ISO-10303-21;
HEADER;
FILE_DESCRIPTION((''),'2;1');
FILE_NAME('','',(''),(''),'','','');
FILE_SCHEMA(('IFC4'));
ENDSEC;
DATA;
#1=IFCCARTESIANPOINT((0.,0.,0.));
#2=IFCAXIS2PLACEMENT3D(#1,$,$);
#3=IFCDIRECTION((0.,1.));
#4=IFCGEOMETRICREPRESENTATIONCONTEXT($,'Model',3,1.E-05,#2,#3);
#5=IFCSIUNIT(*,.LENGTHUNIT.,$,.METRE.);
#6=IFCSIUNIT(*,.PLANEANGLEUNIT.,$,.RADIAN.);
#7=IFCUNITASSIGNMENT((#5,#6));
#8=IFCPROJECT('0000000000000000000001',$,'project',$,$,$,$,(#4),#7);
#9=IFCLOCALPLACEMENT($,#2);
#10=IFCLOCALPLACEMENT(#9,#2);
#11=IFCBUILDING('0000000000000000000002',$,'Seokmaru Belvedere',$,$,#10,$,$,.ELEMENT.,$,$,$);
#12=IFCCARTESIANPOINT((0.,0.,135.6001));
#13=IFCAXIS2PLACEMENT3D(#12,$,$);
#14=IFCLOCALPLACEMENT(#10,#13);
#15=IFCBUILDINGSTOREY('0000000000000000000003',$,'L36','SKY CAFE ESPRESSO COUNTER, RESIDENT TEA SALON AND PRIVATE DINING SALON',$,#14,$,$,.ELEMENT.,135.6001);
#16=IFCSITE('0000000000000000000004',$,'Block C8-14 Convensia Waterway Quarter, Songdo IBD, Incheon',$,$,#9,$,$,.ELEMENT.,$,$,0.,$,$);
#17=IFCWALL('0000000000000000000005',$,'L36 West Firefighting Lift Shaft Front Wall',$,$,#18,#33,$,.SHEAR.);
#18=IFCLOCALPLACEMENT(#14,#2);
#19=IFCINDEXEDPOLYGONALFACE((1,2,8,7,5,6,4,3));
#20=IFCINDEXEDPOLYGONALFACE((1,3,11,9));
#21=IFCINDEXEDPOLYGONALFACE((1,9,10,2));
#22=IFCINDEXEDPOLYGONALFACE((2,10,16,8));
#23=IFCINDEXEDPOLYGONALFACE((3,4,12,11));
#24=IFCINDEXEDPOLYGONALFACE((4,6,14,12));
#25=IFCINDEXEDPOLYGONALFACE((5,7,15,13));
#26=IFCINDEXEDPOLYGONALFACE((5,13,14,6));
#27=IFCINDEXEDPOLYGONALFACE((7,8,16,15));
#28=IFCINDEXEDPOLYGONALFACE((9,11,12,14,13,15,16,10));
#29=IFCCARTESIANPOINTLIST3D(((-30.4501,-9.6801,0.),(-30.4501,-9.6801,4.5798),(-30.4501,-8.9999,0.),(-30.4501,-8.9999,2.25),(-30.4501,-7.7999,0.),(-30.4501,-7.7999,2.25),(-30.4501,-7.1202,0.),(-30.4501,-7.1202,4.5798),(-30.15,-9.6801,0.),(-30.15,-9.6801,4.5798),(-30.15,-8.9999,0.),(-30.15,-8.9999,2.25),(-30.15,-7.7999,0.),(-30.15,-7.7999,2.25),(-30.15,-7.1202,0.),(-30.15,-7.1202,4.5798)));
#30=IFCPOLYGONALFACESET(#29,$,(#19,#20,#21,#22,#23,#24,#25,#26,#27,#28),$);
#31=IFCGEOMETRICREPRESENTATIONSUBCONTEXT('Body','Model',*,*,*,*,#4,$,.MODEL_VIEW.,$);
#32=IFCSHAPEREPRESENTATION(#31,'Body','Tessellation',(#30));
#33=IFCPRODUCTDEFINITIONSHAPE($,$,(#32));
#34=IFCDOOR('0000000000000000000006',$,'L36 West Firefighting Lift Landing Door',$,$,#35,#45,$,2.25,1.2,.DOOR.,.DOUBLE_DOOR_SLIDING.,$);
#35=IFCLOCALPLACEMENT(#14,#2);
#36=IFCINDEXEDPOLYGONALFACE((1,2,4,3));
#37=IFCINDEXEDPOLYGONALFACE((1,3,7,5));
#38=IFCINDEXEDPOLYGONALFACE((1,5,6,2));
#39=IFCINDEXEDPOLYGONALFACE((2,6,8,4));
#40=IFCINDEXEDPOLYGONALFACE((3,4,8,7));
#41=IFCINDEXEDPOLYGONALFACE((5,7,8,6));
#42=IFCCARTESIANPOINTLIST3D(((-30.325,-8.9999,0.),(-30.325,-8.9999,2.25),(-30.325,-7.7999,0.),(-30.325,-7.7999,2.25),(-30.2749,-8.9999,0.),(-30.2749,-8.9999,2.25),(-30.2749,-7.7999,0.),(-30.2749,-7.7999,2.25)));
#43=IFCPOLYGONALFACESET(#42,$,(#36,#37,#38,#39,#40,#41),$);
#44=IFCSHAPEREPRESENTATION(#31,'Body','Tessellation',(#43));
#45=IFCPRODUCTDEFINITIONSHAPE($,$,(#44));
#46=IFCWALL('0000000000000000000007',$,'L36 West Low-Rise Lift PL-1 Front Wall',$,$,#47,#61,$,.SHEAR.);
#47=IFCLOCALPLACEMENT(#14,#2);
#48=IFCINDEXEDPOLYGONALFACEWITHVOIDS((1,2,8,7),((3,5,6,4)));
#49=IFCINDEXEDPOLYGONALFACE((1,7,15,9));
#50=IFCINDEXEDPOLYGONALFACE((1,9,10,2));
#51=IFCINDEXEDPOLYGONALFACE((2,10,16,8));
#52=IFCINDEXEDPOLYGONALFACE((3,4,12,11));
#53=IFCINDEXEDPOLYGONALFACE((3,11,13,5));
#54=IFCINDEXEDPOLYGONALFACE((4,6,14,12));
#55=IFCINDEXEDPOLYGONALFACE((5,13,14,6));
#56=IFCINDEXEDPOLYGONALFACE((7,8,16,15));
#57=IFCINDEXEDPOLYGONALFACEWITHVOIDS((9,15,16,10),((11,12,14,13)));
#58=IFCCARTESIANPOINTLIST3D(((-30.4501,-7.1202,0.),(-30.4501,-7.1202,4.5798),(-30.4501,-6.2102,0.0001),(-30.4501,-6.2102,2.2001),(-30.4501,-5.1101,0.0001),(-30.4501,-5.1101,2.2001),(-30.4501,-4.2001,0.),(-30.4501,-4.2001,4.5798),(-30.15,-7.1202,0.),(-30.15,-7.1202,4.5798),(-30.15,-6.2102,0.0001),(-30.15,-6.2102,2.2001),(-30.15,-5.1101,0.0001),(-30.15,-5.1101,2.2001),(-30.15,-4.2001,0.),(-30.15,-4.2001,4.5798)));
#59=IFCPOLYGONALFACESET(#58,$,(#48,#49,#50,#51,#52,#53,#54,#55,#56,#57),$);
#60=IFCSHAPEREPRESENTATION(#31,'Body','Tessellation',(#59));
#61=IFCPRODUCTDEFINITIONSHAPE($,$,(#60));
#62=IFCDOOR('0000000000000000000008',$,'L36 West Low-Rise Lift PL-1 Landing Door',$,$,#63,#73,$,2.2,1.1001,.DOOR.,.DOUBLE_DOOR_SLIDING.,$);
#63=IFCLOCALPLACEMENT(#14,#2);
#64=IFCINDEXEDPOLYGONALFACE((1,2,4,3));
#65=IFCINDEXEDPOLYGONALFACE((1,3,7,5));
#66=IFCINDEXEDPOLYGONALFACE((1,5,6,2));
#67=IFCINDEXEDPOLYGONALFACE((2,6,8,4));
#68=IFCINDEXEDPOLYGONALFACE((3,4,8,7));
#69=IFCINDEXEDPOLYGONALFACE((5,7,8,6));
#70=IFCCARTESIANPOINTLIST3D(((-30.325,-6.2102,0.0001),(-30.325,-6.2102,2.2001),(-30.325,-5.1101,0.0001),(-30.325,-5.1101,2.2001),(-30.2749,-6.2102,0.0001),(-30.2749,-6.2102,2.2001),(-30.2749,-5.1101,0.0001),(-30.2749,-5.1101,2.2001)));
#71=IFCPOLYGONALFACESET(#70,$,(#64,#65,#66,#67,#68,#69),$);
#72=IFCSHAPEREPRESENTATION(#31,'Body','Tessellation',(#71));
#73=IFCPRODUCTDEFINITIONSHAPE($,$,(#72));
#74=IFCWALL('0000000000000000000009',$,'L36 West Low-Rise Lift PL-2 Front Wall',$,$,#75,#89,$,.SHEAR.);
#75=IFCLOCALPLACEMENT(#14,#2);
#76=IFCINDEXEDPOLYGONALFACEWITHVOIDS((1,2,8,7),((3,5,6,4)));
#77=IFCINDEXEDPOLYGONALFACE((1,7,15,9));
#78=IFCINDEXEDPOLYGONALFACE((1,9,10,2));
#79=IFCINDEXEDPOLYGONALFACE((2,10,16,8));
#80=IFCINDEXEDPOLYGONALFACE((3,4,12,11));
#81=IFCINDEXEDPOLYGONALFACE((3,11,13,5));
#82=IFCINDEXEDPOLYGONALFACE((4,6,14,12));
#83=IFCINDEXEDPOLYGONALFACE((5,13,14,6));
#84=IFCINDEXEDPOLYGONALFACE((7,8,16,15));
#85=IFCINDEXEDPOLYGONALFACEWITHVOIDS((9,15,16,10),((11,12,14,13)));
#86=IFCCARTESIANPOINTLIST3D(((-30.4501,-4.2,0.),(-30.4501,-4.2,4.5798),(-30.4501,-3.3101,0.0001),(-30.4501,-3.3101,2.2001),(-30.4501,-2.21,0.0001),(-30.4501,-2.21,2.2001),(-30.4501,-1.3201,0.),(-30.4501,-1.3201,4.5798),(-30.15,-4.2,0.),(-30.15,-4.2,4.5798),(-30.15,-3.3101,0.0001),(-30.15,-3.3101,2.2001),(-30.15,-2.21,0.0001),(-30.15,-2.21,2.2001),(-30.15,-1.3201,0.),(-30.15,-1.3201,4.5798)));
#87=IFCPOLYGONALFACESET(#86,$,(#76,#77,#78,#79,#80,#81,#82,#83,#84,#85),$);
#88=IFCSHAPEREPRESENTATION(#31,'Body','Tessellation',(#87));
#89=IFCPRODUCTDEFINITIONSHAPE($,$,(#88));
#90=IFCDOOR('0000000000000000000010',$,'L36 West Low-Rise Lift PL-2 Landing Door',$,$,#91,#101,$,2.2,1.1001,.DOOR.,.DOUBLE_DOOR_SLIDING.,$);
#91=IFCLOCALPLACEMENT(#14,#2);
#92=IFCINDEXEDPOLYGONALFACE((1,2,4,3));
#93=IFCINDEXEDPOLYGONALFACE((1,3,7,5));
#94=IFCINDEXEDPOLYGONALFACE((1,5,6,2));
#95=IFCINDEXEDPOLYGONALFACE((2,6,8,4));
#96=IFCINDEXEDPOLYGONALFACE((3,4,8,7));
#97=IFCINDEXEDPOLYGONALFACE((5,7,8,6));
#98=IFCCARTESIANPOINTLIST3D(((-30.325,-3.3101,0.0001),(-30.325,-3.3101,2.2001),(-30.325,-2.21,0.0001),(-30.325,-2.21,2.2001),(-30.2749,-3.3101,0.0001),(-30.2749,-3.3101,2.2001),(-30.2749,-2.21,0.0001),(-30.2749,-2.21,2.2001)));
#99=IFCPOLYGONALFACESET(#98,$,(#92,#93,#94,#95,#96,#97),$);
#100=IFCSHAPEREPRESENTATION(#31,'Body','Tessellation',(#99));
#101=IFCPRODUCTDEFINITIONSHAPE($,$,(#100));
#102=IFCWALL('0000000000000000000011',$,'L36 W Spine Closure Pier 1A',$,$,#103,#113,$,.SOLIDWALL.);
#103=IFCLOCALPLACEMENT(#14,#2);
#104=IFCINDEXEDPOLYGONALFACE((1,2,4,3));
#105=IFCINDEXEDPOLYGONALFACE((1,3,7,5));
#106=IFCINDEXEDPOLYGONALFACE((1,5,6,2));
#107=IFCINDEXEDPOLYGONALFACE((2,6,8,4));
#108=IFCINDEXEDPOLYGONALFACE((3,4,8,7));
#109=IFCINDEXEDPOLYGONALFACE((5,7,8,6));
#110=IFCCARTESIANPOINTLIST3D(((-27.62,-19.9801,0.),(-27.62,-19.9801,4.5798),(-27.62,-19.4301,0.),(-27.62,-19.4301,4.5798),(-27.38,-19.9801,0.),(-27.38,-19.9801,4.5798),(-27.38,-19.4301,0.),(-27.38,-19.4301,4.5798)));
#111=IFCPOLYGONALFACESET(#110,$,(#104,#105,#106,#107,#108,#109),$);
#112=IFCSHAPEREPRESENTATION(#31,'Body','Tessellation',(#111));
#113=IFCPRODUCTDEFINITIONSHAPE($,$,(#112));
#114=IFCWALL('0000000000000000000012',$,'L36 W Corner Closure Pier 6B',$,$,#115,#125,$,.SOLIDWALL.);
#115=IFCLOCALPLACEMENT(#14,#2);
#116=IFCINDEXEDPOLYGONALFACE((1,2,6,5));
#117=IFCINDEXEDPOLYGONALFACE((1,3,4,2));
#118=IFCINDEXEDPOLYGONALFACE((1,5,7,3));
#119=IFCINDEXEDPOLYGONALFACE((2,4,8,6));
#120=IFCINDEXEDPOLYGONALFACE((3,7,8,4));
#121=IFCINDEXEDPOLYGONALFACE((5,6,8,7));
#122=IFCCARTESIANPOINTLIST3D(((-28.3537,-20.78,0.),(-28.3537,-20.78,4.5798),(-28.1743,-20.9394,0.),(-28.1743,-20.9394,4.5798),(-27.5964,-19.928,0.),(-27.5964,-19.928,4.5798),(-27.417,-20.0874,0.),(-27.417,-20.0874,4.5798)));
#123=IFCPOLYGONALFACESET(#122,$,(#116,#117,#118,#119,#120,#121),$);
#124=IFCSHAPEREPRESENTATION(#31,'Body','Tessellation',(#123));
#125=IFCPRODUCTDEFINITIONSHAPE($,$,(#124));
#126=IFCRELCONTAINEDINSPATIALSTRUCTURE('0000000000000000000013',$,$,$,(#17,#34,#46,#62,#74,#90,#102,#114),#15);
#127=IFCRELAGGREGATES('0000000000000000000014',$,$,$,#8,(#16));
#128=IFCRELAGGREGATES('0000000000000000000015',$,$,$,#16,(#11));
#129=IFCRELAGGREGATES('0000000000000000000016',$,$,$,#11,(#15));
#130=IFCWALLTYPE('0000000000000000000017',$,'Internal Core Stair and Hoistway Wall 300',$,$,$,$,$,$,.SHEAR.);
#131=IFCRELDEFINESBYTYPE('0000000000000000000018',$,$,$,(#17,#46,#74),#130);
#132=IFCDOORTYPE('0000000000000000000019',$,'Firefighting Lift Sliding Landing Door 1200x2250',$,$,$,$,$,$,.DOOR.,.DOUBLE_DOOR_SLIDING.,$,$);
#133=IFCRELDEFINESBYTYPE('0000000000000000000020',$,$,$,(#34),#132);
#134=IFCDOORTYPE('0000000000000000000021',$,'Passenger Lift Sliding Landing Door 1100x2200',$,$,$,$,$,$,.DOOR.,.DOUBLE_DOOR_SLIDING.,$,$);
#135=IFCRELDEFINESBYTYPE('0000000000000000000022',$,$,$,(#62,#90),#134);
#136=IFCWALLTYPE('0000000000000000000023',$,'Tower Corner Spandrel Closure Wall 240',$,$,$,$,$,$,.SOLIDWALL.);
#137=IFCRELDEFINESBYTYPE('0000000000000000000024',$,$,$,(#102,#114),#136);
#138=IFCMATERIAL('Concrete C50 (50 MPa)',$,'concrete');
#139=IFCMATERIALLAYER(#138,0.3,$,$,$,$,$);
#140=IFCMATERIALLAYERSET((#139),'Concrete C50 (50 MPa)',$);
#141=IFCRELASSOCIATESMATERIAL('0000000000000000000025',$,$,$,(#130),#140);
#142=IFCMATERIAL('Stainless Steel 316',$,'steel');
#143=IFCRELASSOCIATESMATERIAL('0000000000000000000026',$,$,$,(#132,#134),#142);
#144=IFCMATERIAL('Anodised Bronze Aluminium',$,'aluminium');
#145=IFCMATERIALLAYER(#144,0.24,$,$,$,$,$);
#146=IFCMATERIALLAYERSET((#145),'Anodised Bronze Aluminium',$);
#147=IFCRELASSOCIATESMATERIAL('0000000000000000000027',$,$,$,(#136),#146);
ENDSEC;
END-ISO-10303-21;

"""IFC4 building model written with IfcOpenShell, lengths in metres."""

from ifc_helpers import new_model, si_unit, direction, frame, frame_2d, origin, place, context, subcontext, project, spatial, rectangle, extrude, source, transform, mapped, material, layer, layer_set, type_object, type_shapes, element, fill, save


model = new_model("IFC4")

# Units and contexts
model_context = context("Model", 3, precision=1e-05, world=origin(), true_north=direction((0.0, 1.0)))
body_context = subcontext(model_context, "Body", "Model", "MODEL_VIEW")
ifc_project = project(units=[si_unit("LENGTHUNIT", "METRE"), si_unit("PLANEANGLEUNIT", "RADIAN")], contexts=[model_context])

# Site, building, storey
site_placement = place(None, origin())
site = spatial("IfcSite", under=ifc_project, at=site_placement, Name="Block C8-14 Convensia Waterway Quarter, Songdo IBD, Incheon", CompositionType="ELEMENT", RefElevation=0.0)
building_placement = place(site_placement, origin())
building = spatial("IfcBuilding", under=site, at=building_placement, Name="Seokmaru Belvedere", CompositionType="ELEMENT")
storey_placement = place(building_placement, frame((0.0, 0.0, 135.6001)))
storey = spatial("IfcBuildingStorey", under=building, at=storey_placement, Name="L36", Description="SKY CAFE ESPRESSO COUNTER, RESIDENT TEA SALON AND PRIVATE DINING SALON", CompositionType="ELEMENT", Elevation=135.6001)

# Shared definitions
ifc_material_1 = material(Name="Anodised Bronze Aluminium", Category="aluminium")

# Shared definitions
ifc_material_2 = material(Name="Concrete C50 (50 MPa)", Category="concrete")

# Walls, openings, doors
ifc_layer_1 = layer(ifc_material_2, 0.3)
ifc_layer_set_1 = layer_set([ifc_layer_1], Name="Concrete C50 (50 MPa)")
wall_type_1 = type_object("IfcWallType", Name="Internal Core Stair and Hoistway Wall 300", PredefinedType="SHEAR", material=ifc_layer_set_1)
wall_1_placement = place(storey_placement, frame((-30.3, -9.6799, 0.0), z_axis=(0.0, 0.0, 1.0), x_axis=(0.0, 1.0, 0.0)))
wall_1 = element("IfcWall", 1, at=wall_1_placement, inside=storey, type_object=wall_type_1, Name="L36 West Firefighting Lift Shaft Front Wall", PredefinedType="SHEAR", context=body_context, shape_type="SweptSolid", body=[
    extrude(rectangle(XDim=2.5598, YDim=0.3, at=frame_2d((1.2798, 0.0))), origin(), (0.0, 0.0, 1.0), 4.5798),
])
opening_1_placement = place(wall_1_placement, frame((0.6799, 0.0, 0.0)))
opening_1 = element("IfcOpeningElement", 2, at=opening_1_placement, cuts=wall_1, PredefinedType="OPENING", context=body_context, shape_type="SweptSolid", body=[
    extrude(rectangle(XDim=1.2, YDim=2.25, at=frame_2d((0.6001, 1.125))), frame((0.0, 0.1602, 0.0), z_axis=(0.0, -1.0, 0.0), x_axis=(1.0, 0.0, 0.0)), (0.0, 0.0, 1.0), 0.3201),
])
ifc_material_3 = material(Name="Stainless Steel 316", Category="steel")
door_type_1 = type_object("IfcDoorType", Name="Firefighting Lift Sliding Landing Door 1200x2250", OperationType="DOUBLE_DOOR_SLIDING", PredefinedType="DOOR", material=ifc_material_3)
shared_shape_1 = source(origin(), body_context, "Body", "SweptSolid", [
    extrude(rectangle(XDim=1.2, YDim=2.25, at=frame_2d((0.6001, 1.125))), frame((0.0, 0.0249, 0.0), z_axis=(0.0, -1.0, 0.0), x_axis=(1.0, 0.0, 0.0)), (0.0, 0.0, 1.0), 0.05),
])
type_shapes(door_type_1, [shared_shape_1])
door_1_placement = place(opening_1_placement, origin())
door_1 = element("IfcDoor", 3, at=door_1_placement, inside=storey, type_object=door_type_1, Name="L36 West Firefighting Lift Landing Door", OperationType="DOUBLE_DOOR_SLIDING", OverallHeight=2.25, OverallWidth=1.2, PredefinedType="DOOR", context=body_context, shape_type="MappedRepresentation", body=[
    mapped(shared_shape_1, transform((0.0, 0.0, 0.0), scale=1.0)),
])
fill(opening_1, door_1)
wall_2_placement = place(storey_placement, frame((-30.3, -7.1201, 0.0), z_axis=(0.0, 0.0, 1.0), x_axis=(0.0, 1.0, 0.0)))
wall_2 = element("IfcWall", 4, at=wall_2_placement, inside=storey, type_object=wall_type_1, Name="L36 West Low-Rise Lift PL-1 Front Wall", PredefinedType="SHEAR", context=body_context, shape_type="SweptSolid", body=[
    extrude(rectangle(XDim=2.9202, YDim=0.3, at=frame_2d((1.46, 0.0))), origin(), (0.0, 0.0, 1.0), 4.5798),
])
opening_2_placement = place(wall_2_placement, frame((0.9099, 0.0, 0.0)))
opening_2 = element("IfcOpeningElement", 5, at=opening_2_placement, cuts=wall_2, PredefinedType="OPENING", context=body_context, shape_type="SweptSolid", body=[
    extrude(rectangle(XDim=1.1001, YDim=2.2, at=frame_2d((0.55, 1.1001))), frame((0.0, 0.1602, 0.0), z_axis=(0.0, -1.0, 0.0), x_axis=(1.0, 0.0, 0.0)), (0.0, 0.0, 1.0), 0.3201),
])
door_type_2 = type_object("IfcDoorType", Name="Passenger Lift Sliding Landing Door 1100x2200", OperationType="DOUBLE_DOOR_SLIDING", PredefinedType="DOOR", material=ifc_material_3)
shared_shape_2 = source(origin(), body_context, "Body", "SweptSolid", [
    extrude(rectangle(XDim=1.1001, YDim=2.2, at=frame_2d((0.55, 1.1001))), frame((0.0, 0.0249, 0.0), z_axis=(0.0, -1.0, 0.0), x_axis=(1.0, 0.0, 0.0)), (0.0, 0.0, 1.0), 0.05),
])
type_shapes(door_type_2, [shared_shape_2])
door_2_placement = place(opening_2_placement, origin())
door_2 = element("IfcDoor", 6, at=door_2_placement, inside=storey, type_object=door_type_2, Name="L36 West Low-Rise Lift PL-1 Landing Door", OperationType="DOUBLE_DOOR_SLIDING", OverallHeight=2.2, OverallWidth=1.1001, PredefinedType="DOOR", context=body_context, shape_type="MappedRepresentation", body=[
    mapped(shared_shape_2, transform((0.0, 0.0, 0.0), scale=1.0)),
])
fill(opening_2, door_2)
wall_3_placement = place(storey_placement, frame((-30.3, -4.2, 0.0), z_axis=(0.0, 0.0, 1.0), x_axis=(0.0, 1.0, 0.0)))
wall_3 = element("IfcWall", 7, at=wall_3_placement, inside=storey, type_object=wall_type_1, Name="L36 West Low-Rise Lift PL-2 Front Wall", PredefinedType="SHEAR", context=body_context, shape_type="SweptSolid", body=[
    extrude(rectangle(XDim=2.8799, YDim=0.3, at=frame_2d((1.4399, 0.0))), origin(), (0.0, 0.0, 1.0), 4.5798),
])
opening_3_placement = place(wall_3_placement, frame((0.8899, 0.0, 0.0)))
opening_3 = element("IfcOpeningElement", 8, at=opening_3_placement, cuts=wall_3, PredefinedType="OPENING", context=body_context, shape_type="SweptSolid", body=[
    extrude(rectangle(XDim=1.1001, YDim=2.2, at=frame_2d((0.55, 1.1001))), frame((0.0, 0.1602, 0.0), z_axis=(0.0, -1.0, 0.0), x_axis=(1.0, 0.0, 0.0)), (0.0, 0.0, 1.0), 0.3201),
])
door_3_placement = place(opening_3_placement, origin())
door_3 = element("IfcDoor", 9, at=door_3_placement, inside=storey, type_object=door_type_2, Name="L36 West Low-Rise Lift PL-2 Landing Door", OperationType="DOUBLE_DOOR_SLIDING", OverallHeight=2.2, OverallWidth=1.1001, PredefinedType="DOOR", context=body_context, shape_type="MappedRepresentation", body=[
    mapped(shared_shape_2, transform((0.0, 0.0, 0.0), scale=1.0)),
])
fill(opening_3, door_3)

# Walls
ifc_layer_2 = layer(ifc_material_1, 0.24)
ifc_layer_set_2 = layer_set([ifc_layer_2], Name="Anodised Bronze Aluminium")
wall_type_2 = type_object("IfcWallType", Name="Tower Corner Spandrel Closure Wall 240", PredefinedType="SOLIDWALL", material=ifc_layer_set_2)
wall_4_placement = place(storey_placement, frame((-27.5, -19.98, 0.0), z_axis=(0.0, 0.0, 1.0), x_axis=(0.0, 1.0, 0.0)))
element("IfcWall", 10, at=wall_4_placement, inside=storey, type_object=wall_type_2, Name="L36 W Spine Closure Pier 1A", PredefinedType="SOLIDWALL", context=body_context, shape_type="SweptSolid", body=[
    extrude(rectangle(XDim=0.55, YDim=0.24, at=frame_2d((0.2749, 0.0))), origin(), (0.0, 0.0, 1.0), 4.5798),
])
wall_5_placement = place(storey_placement, frame((-28.2639, -20.8596, 0.0), z_axis=(0.0, 0.0, 1.0), x_axis=(0.664337, 0.747433, 0.0)))
element("IfcWall", 11, at=wall_5_placement, inside=storey, type_object=wall_type_2, Name="L36 W Corner Closure Pier 6B", PredefinedType="SOLIDWALL", context=body_context, shape_type="SweptSolid", body=[
    extrude(rectangle(XDim=1.1399, YDim=0.24, at=frame_2d((0.5698, 0.0))), origin(), (0.0, 0.0, 1.0), 4.5798),
])

save(model, "model.ifc")
